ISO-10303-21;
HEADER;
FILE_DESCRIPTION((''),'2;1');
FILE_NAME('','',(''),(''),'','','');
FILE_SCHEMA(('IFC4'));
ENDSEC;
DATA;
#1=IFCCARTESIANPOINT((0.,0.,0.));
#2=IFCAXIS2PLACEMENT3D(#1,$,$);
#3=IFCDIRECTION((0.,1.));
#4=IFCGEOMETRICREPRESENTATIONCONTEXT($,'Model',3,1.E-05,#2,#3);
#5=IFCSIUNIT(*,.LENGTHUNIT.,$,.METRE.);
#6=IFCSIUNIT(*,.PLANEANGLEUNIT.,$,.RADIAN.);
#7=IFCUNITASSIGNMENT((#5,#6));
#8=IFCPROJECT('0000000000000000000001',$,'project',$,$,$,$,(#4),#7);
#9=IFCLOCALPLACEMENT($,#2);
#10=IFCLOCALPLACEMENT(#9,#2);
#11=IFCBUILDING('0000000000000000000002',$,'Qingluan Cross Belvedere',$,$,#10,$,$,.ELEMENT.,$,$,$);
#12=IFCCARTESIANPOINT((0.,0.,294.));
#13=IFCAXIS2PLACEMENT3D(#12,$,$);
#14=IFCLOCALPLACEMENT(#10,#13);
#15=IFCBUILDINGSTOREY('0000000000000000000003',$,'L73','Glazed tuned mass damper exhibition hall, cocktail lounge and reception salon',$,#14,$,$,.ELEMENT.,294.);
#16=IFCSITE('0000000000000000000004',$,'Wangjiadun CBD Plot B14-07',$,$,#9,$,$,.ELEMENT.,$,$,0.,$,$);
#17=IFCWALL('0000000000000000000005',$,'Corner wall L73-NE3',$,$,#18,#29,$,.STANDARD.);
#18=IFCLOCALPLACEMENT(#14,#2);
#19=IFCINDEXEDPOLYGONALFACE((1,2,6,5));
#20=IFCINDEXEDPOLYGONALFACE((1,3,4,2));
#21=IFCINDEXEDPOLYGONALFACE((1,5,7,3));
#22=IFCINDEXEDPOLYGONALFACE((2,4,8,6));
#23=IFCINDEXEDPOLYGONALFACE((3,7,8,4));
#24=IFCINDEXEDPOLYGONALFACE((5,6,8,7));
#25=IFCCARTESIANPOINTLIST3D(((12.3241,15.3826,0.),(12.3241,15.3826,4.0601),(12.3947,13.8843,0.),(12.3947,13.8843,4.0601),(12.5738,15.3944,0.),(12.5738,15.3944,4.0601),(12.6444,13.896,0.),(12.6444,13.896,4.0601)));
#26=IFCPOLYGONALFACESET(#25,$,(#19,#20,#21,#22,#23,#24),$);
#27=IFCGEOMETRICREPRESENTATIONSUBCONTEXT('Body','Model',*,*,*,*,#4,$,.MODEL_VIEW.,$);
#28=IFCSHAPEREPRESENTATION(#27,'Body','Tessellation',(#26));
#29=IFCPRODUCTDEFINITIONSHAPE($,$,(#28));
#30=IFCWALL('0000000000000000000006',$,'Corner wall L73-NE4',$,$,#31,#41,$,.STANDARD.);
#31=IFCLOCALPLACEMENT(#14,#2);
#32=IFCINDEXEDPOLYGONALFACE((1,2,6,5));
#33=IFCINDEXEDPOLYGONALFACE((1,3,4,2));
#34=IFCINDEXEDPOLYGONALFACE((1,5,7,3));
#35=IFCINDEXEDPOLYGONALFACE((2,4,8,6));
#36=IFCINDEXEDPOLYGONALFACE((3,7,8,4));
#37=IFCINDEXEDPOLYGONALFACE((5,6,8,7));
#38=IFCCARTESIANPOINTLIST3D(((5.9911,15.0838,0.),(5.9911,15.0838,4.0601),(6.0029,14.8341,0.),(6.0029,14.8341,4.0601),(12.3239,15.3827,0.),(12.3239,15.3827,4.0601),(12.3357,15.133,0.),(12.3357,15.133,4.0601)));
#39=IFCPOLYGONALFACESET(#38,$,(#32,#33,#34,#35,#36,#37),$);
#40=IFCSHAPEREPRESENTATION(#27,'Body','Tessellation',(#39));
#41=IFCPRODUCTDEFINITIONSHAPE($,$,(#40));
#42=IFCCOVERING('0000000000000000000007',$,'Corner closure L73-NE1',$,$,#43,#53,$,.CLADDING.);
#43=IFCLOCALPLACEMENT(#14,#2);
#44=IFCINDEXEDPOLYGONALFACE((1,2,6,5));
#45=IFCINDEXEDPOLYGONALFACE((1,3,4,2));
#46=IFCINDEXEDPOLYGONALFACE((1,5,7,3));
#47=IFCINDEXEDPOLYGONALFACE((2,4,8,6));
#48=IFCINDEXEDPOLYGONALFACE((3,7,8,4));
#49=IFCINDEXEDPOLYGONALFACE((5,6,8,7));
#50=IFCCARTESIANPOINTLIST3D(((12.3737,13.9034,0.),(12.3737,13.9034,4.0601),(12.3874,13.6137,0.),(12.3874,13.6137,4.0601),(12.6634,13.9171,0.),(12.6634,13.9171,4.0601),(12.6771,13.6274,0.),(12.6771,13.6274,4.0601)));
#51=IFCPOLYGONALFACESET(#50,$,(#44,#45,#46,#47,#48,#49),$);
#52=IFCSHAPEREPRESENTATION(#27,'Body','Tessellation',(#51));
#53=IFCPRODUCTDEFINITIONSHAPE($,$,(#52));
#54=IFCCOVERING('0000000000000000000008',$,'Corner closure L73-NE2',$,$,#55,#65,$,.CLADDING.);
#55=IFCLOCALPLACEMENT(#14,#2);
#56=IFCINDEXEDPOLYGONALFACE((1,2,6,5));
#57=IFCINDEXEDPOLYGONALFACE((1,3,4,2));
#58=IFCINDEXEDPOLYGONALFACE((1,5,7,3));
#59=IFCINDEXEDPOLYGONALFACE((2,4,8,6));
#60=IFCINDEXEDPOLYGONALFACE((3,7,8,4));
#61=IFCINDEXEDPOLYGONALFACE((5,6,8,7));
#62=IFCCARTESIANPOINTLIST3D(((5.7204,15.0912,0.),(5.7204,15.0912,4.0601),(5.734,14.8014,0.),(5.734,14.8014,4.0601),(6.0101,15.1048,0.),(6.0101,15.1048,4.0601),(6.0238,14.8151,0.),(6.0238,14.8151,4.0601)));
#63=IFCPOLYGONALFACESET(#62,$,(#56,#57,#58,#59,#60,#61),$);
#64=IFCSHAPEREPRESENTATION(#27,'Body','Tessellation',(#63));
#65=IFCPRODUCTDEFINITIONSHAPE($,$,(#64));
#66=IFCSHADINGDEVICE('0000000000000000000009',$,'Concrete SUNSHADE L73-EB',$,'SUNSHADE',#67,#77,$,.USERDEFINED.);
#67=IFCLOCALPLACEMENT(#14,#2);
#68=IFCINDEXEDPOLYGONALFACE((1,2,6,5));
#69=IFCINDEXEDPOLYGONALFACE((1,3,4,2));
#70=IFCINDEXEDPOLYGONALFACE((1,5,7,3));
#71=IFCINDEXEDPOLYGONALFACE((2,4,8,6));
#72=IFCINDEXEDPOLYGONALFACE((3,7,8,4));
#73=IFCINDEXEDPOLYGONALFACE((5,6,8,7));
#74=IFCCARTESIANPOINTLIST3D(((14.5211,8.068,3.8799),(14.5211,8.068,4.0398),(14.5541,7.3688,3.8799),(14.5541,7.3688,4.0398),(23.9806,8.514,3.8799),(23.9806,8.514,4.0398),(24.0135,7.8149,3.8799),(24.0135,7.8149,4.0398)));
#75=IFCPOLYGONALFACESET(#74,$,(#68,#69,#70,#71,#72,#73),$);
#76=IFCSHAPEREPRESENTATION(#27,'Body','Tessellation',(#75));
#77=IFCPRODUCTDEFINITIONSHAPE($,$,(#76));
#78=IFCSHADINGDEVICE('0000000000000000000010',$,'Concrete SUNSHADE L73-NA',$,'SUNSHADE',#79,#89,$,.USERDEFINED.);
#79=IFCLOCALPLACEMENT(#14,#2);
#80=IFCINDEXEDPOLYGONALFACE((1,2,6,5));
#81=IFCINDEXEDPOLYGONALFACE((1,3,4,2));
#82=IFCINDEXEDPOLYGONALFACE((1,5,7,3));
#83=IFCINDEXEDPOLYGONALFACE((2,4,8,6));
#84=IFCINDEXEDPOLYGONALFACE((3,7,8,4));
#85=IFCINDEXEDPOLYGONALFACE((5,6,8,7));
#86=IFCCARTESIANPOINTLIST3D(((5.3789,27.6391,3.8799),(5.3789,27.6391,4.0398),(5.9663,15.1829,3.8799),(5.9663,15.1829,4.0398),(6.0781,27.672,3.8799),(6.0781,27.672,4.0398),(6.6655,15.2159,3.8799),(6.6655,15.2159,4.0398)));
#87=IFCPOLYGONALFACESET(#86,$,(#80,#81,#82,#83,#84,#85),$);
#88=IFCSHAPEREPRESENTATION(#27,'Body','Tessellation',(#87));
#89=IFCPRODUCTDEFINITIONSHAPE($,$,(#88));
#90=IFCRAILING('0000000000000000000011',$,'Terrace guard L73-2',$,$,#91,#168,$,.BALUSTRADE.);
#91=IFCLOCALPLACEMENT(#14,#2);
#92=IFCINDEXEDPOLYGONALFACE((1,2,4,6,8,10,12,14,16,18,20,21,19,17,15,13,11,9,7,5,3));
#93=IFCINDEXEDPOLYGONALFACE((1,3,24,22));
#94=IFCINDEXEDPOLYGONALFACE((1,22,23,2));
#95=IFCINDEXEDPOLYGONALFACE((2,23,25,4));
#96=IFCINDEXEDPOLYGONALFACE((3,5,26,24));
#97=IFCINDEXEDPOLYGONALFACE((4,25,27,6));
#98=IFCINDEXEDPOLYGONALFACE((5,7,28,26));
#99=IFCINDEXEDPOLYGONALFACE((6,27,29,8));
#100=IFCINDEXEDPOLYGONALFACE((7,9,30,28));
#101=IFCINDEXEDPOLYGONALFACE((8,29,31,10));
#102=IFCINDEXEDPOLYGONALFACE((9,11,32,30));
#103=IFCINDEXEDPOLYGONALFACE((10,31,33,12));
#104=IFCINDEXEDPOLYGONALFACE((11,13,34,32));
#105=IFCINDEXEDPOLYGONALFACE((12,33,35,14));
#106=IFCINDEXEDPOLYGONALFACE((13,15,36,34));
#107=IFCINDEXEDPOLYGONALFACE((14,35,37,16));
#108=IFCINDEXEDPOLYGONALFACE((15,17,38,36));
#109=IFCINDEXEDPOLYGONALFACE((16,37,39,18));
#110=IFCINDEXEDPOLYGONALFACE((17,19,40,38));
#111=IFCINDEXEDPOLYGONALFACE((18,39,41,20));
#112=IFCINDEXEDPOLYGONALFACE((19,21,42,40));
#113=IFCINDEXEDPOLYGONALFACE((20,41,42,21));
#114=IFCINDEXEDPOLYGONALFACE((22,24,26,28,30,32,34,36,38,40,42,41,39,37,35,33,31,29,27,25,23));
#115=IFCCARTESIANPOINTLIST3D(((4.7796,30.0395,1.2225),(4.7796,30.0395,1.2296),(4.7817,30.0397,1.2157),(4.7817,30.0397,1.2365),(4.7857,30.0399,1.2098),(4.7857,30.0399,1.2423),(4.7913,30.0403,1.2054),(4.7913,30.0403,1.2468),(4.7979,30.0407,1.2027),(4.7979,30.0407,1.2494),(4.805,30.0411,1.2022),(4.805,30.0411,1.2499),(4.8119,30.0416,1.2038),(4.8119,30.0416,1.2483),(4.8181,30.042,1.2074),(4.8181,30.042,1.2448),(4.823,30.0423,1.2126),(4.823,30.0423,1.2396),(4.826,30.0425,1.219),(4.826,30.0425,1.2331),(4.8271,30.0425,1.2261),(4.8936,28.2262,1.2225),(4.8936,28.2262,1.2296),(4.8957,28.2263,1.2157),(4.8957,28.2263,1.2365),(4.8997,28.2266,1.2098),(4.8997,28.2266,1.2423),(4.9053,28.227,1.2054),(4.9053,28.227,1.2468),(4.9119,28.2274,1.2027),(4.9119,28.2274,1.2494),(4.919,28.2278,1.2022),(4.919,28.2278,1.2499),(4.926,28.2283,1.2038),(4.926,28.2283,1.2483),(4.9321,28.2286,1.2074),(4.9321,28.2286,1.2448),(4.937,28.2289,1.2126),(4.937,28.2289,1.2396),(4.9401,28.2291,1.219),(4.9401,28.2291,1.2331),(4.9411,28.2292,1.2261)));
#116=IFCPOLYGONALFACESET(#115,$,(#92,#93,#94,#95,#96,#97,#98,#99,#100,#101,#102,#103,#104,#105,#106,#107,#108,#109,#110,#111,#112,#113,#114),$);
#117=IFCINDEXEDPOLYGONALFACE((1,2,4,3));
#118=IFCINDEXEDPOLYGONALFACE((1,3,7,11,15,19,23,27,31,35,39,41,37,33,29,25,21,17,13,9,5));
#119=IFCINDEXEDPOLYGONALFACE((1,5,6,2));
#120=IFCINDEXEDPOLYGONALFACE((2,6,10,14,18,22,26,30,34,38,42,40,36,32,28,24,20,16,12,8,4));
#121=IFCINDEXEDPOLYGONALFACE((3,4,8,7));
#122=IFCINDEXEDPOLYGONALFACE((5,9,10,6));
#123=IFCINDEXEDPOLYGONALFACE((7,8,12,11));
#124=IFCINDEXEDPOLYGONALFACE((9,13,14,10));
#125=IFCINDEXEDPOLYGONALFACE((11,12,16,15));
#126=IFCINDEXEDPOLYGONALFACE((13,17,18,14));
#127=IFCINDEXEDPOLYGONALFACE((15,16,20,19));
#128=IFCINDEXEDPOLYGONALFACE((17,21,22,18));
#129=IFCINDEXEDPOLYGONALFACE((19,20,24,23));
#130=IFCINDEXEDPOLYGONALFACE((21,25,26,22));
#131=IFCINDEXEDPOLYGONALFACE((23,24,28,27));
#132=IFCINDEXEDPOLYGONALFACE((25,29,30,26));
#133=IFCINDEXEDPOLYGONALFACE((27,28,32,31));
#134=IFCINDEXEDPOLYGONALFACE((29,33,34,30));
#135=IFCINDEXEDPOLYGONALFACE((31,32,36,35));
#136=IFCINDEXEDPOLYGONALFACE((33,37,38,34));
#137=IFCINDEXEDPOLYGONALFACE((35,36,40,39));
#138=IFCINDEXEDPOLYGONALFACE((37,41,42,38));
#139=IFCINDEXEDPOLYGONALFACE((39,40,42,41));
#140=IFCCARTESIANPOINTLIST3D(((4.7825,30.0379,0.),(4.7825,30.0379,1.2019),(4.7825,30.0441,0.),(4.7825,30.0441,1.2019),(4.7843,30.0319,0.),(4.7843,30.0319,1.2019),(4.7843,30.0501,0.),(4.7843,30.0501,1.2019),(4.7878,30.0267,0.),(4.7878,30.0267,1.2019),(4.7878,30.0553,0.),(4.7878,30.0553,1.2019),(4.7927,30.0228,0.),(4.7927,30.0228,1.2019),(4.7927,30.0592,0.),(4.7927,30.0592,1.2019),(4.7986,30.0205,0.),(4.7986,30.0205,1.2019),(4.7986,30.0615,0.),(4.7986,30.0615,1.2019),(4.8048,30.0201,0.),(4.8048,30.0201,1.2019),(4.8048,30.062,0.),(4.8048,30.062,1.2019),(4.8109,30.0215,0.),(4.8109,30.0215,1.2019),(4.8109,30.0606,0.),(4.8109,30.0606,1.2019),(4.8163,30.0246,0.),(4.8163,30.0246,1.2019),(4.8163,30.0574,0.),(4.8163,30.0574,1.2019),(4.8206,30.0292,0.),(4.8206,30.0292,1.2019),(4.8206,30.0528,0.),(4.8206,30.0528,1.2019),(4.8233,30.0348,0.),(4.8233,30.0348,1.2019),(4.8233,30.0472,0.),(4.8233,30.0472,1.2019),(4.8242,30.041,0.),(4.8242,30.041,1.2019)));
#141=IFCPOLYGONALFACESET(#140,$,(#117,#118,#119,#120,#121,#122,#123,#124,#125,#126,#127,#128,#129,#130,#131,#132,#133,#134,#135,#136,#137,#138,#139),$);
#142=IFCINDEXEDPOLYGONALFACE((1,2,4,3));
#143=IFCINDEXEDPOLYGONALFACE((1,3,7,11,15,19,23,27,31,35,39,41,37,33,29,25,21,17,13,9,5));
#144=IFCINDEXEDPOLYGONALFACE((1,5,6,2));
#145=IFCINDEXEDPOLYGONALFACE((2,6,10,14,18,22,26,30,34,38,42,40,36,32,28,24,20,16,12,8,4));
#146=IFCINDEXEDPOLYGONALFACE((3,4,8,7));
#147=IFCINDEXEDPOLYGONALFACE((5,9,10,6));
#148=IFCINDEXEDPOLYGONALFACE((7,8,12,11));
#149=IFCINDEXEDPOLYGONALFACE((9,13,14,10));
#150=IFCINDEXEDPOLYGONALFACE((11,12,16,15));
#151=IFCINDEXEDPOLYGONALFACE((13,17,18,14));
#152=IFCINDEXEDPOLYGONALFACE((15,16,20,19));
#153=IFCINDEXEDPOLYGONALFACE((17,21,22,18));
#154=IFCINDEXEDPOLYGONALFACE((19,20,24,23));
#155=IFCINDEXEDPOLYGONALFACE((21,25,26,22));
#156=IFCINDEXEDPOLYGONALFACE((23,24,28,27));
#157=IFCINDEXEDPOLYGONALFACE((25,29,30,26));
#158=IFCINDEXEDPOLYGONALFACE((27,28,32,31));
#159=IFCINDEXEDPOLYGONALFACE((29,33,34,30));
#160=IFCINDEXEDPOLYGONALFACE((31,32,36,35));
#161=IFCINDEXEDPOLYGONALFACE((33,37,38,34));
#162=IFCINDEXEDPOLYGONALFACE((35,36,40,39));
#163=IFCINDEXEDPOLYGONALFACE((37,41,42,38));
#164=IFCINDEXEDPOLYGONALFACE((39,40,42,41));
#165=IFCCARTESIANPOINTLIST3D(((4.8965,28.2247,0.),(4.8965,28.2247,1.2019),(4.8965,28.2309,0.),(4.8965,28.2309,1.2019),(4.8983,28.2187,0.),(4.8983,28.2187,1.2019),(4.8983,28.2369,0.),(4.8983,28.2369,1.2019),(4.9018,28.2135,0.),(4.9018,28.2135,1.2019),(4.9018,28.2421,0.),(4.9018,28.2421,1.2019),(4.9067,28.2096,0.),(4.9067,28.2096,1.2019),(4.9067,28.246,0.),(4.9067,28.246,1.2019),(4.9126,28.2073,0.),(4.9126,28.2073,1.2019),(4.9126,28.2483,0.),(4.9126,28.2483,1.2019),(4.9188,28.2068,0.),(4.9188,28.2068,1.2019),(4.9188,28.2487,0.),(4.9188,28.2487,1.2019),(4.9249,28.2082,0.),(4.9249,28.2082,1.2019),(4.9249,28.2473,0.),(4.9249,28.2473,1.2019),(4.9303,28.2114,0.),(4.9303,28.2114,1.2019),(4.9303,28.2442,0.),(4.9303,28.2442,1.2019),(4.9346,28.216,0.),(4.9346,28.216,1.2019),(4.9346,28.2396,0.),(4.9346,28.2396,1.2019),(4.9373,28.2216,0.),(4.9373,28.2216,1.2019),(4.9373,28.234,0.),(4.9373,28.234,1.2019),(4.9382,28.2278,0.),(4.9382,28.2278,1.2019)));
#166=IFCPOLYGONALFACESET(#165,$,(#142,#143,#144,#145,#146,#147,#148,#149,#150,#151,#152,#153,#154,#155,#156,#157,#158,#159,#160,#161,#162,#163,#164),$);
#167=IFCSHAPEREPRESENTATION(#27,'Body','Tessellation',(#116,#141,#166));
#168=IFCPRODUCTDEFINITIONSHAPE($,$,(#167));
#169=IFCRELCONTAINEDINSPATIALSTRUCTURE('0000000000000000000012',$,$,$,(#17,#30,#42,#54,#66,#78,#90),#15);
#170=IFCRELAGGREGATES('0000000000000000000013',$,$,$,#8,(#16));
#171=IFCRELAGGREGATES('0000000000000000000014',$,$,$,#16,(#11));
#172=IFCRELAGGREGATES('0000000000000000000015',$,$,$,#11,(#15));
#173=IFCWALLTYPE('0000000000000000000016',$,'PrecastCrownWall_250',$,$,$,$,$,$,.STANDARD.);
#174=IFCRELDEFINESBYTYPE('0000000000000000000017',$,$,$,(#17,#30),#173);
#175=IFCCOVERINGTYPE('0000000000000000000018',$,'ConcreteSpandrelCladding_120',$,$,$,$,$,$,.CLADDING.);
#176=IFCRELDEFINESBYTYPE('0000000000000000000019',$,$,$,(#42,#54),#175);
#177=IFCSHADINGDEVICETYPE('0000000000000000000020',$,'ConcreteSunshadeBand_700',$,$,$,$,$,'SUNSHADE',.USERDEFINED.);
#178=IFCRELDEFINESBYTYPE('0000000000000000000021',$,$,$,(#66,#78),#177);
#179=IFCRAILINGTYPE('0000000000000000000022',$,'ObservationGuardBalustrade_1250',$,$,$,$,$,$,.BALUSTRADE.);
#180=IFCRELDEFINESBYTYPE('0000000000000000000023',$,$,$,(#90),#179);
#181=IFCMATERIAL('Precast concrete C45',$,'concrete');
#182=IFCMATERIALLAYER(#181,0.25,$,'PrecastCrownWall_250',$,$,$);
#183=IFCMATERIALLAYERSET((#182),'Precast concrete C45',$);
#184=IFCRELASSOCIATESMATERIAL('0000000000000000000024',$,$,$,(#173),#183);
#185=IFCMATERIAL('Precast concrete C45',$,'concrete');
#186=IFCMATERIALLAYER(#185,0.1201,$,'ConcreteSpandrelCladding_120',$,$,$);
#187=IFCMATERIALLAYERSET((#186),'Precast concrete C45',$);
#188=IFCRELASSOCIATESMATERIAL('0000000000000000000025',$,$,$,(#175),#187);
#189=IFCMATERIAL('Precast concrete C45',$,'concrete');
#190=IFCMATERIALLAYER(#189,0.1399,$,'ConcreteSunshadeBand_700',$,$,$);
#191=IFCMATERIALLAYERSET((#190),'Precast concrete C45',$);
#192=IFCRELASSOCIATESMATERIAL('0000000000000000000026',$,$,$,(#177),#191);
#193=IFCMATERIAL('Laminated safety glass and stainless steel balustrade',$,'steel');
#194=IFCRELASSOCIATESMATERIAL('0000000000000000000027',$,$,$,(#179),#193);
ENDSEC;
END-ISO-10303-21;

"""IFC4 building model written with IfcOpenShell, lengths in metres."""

from ifc_helpers import new_model, si_unit, direction, frame, frame_2d, origin, origin_2d, place, context, subcontext, project, spatial, rectangle, circle, extrude, material, layer, layer_set, type_object, element, save


model = new_model("IFC4")

# Units and contexts
model_context = context("Model", 3, precision=1e-05, world=origin(), true_north=direction((0.0, 1.0)))
body_context = subcontext(model_context, "Body", "Model", "MODEL_VIEW")
ifc_project = project(units=[si_unit("LENGTHUNIT", "METRE"), si_unit("PLANEANGLEUNIT", "RADIAN")], contexts=[model_context])

# Site, building, storey
site_placement = place(None, origin())
site = spatial("IfcSite", under=ifc_project, at=site_placement, Name="Wangjiadun CBD Plot B14-07", CompositionType="ELEMENT", RefElevation=0.0)
building_placement = place(site_placement, origin())
building = spatial("IfcBuilding", under=site, at=building_placement, Name="Qingluan Cross Belvedere", CompositionType="ELEMENT")
storey_placement = place(building_placement, frame((0.0, 0.0, 294.0)))
storey = spatial("IfcBuildingStorey", under=building, at=storey_placement, Name="L73", Description="Glazed tuned mass damper exhibition hall, cocktail lounge and reception salon", CompositionType="ELEMENT", Elevation=294.0)

# Shared definitions
ifc_material_1 = material(Name="Precast concrete C45", Category="concrete")
ifc_layer_1 = layer(ifc_material_1, 0.25, Name="PrecastCrownWall_250")
ifc_layer_set_1 = layer_set([ifc_layer_1], Name="Precast concrete C45")
wall_type_1 = type_object("IfcWallType", Name="PrecastCrownWall_250", PredefinedType="STANDARD", material=ifc_layer_set_1)

# Walls
wall_1_placement = place(storey_placement, frame((12.5195, 13.8901, 0.0), z_axis=(0.0, 0.0, 1.0), x_axis=(-0.047039, 0.998893, 0.0)))
element("IfcWall", 1, at=wall_1_placement, inside=storey, type_object=wall_type_1, Name="Corner wall L73-NE3", PredefinedType="STANDARD", context=body_context, shape_type="SweptSolid", body=[
    extrude(rectangle(XDim=1.5, YDim=0.25, at=frame_2d((0.75, 0.0))), origin(), (0.0, 0.0, 1.0), 4.0601),
])
wall_2_placement = place(storey_placement, frame((12.3298, 15.2578, 0.0), z_axis=(0.0, 0.0, 1.0), x_axis=(-0.998889, -0.047135, 0.0)))
element("IfcWall", 2, at=wall_2_placement, inside=storey, type_object=wall_type_1, Name="Corner wall L73-NE4", PredefinedType="STANDARD", context=body_context, shape_type="SweptSolid", body=[
    extrude(rectangle(XDim=6.3398, YDim=0.25, at=frame_2d((3.1699, 0.0))), origin(), (0.0, 0.0, 1.0), 4.0601),
])

# Coverings
ifc_material_2 = material(Name="Precast concrete C45", Category="concrete")
ifc_layer_2 = layer(ifc_material_2, 0.1201, Name="ConcreteSpandrelCladding_120")
ifc_layer_set_2 = layer_set([ifc_layer_2], Name="Precast concrete C45")
covering_type = type_object("IfcCoveringType", Name="ConcreteSpandrelCladding_120", PredefinedType="CLADDING", material=ifc_layer_set_2)
for number, where, z_axis, x_axis, name in (
    (3, (12.5254, 13.7654, 0.0), (0.0, 0.0, 1.0), (0.99889, 0.047106, 0.0), "Corner closure L73-NE1"),
    (4, (5.8721, 14.9531, 0.0), (0.0, 0.0, 1.0), (0.99889, 0.047106, 0.0), "Corner closure L73-NE2"),
):
    element("IfcCovering", number, at=place(storey_placement, frame(where, z_axis=z_axis, x_axis=x_axis)), inside=storey, type_object=covering_type, Name=name, PredefinedType="CLADDING", context=body_context, shape_type="SweptSolid", body=[
        extrude(rectangle(XDim=0.29, YDim=0.29, at=origin_2d()), origin(), (0.0, 0.0, 1.0), 4.0601),
    ])

# Shading devices
ifc_material_3 = material(Name="Precast concrete C45", Category="concrete")
ifc_layer_3 = layer(ifc_material_3, 0.1399, Name="ConcreteSunshadeBand_700")
ifc_layer_set_3 = layer_set([ifc_layer_3], Name="Precast concrete C45")
shading_device_type = type_object("IfcShadingDeviceType", Name="ConcreteSunshadeBand_700", ElementType="SUNSHADE", PredefinedType="USERDEFINED", material=ifc_layer_set_3)
shading_device_1_placement = place(storey_placement, frame((19.2673, 7.9414, 3.8799), z_axis=(0.0, 0.0, 1.0), x_axis=(-0.99889, -0.047104, 0.0)))
element("IfcShadingDevice", 5, at=shading_device_1_placement, inside=storey, type_object=shading_device_type, Name="Concrete SUNSHADE L73-EB", ObjectType="SUNSHADE", PredefinedType="USERDEFINED", context=body_context, shape_type="SweptSolid", body=[
    extrude(rectangle(XDim=9.47, YDim=0.7, at=origin_2d()), origin(), (0.0, 0.0, 1.0), 0.1599),
])
shading_device_2_placement = place(storey_placement, frame((6.0222, 21.4275, 3.8799), z_axis=(0.0, 0.0, 1.0), x_axis=(-0.047104, 0.99889, 0.0)))
element("IfcShadingDevice", 6, at=shading_device_2_placement, inside=storey, type_object=shading_device_type, Name="Concrete SUNSHADE L73-NA", ObjectType="SUNSHADE", PredefinedType="USERDEFINED", context=body_context, shape_type="SweptSolid", body=[
    extrude(rectangle(XDim=12.47, YDim=0.7, at=origin_2d()), origin(), (0.0, 0.0, 1.0), 0.1599),
])

# Railing
ifc_material_4 = material(Name="Laminated safety glass and stainless steel balustrade", Category="steel")
railing_type = type_object("IfcRailingType", Name="ObservationGuardBalustrade_1250", PredefinedType="BALUSTRADE", material=ifc_material_4)
railing_placement = place(storey_placement, frame((4.8032, 30.041, 0.0)))
element("IfcRailing", 7, at=railing_placement, inside=storey, type_object=railing_type, Name="Terrace guard L73-2", PredefinedType="BALUSTRADE", context=body_context, shape_type="SweptSolid", body=[
    extrude(circle(Radius=0.0239, at=origin_2d()), frame((0.0, 0.0, 1.2261), z_axis=(0.062755, -0.998029, 0.0), x_axis=(0.998029, 0.062755, 0.0)), (0.0, 0.0, 1.0), 1.8169),
    extrude(circle(Radius=0.021, at=origin_2d()), origin(), (0.0, 0.0, 1.0), 1.2019),
    extrude(circle(Radius=0.021, at=origin_2d()), frame((0.114, -1.8132, 0.0)), (0.0, 0.0, 1.0), 1.2019),
])

save(model, "model.ifc")
